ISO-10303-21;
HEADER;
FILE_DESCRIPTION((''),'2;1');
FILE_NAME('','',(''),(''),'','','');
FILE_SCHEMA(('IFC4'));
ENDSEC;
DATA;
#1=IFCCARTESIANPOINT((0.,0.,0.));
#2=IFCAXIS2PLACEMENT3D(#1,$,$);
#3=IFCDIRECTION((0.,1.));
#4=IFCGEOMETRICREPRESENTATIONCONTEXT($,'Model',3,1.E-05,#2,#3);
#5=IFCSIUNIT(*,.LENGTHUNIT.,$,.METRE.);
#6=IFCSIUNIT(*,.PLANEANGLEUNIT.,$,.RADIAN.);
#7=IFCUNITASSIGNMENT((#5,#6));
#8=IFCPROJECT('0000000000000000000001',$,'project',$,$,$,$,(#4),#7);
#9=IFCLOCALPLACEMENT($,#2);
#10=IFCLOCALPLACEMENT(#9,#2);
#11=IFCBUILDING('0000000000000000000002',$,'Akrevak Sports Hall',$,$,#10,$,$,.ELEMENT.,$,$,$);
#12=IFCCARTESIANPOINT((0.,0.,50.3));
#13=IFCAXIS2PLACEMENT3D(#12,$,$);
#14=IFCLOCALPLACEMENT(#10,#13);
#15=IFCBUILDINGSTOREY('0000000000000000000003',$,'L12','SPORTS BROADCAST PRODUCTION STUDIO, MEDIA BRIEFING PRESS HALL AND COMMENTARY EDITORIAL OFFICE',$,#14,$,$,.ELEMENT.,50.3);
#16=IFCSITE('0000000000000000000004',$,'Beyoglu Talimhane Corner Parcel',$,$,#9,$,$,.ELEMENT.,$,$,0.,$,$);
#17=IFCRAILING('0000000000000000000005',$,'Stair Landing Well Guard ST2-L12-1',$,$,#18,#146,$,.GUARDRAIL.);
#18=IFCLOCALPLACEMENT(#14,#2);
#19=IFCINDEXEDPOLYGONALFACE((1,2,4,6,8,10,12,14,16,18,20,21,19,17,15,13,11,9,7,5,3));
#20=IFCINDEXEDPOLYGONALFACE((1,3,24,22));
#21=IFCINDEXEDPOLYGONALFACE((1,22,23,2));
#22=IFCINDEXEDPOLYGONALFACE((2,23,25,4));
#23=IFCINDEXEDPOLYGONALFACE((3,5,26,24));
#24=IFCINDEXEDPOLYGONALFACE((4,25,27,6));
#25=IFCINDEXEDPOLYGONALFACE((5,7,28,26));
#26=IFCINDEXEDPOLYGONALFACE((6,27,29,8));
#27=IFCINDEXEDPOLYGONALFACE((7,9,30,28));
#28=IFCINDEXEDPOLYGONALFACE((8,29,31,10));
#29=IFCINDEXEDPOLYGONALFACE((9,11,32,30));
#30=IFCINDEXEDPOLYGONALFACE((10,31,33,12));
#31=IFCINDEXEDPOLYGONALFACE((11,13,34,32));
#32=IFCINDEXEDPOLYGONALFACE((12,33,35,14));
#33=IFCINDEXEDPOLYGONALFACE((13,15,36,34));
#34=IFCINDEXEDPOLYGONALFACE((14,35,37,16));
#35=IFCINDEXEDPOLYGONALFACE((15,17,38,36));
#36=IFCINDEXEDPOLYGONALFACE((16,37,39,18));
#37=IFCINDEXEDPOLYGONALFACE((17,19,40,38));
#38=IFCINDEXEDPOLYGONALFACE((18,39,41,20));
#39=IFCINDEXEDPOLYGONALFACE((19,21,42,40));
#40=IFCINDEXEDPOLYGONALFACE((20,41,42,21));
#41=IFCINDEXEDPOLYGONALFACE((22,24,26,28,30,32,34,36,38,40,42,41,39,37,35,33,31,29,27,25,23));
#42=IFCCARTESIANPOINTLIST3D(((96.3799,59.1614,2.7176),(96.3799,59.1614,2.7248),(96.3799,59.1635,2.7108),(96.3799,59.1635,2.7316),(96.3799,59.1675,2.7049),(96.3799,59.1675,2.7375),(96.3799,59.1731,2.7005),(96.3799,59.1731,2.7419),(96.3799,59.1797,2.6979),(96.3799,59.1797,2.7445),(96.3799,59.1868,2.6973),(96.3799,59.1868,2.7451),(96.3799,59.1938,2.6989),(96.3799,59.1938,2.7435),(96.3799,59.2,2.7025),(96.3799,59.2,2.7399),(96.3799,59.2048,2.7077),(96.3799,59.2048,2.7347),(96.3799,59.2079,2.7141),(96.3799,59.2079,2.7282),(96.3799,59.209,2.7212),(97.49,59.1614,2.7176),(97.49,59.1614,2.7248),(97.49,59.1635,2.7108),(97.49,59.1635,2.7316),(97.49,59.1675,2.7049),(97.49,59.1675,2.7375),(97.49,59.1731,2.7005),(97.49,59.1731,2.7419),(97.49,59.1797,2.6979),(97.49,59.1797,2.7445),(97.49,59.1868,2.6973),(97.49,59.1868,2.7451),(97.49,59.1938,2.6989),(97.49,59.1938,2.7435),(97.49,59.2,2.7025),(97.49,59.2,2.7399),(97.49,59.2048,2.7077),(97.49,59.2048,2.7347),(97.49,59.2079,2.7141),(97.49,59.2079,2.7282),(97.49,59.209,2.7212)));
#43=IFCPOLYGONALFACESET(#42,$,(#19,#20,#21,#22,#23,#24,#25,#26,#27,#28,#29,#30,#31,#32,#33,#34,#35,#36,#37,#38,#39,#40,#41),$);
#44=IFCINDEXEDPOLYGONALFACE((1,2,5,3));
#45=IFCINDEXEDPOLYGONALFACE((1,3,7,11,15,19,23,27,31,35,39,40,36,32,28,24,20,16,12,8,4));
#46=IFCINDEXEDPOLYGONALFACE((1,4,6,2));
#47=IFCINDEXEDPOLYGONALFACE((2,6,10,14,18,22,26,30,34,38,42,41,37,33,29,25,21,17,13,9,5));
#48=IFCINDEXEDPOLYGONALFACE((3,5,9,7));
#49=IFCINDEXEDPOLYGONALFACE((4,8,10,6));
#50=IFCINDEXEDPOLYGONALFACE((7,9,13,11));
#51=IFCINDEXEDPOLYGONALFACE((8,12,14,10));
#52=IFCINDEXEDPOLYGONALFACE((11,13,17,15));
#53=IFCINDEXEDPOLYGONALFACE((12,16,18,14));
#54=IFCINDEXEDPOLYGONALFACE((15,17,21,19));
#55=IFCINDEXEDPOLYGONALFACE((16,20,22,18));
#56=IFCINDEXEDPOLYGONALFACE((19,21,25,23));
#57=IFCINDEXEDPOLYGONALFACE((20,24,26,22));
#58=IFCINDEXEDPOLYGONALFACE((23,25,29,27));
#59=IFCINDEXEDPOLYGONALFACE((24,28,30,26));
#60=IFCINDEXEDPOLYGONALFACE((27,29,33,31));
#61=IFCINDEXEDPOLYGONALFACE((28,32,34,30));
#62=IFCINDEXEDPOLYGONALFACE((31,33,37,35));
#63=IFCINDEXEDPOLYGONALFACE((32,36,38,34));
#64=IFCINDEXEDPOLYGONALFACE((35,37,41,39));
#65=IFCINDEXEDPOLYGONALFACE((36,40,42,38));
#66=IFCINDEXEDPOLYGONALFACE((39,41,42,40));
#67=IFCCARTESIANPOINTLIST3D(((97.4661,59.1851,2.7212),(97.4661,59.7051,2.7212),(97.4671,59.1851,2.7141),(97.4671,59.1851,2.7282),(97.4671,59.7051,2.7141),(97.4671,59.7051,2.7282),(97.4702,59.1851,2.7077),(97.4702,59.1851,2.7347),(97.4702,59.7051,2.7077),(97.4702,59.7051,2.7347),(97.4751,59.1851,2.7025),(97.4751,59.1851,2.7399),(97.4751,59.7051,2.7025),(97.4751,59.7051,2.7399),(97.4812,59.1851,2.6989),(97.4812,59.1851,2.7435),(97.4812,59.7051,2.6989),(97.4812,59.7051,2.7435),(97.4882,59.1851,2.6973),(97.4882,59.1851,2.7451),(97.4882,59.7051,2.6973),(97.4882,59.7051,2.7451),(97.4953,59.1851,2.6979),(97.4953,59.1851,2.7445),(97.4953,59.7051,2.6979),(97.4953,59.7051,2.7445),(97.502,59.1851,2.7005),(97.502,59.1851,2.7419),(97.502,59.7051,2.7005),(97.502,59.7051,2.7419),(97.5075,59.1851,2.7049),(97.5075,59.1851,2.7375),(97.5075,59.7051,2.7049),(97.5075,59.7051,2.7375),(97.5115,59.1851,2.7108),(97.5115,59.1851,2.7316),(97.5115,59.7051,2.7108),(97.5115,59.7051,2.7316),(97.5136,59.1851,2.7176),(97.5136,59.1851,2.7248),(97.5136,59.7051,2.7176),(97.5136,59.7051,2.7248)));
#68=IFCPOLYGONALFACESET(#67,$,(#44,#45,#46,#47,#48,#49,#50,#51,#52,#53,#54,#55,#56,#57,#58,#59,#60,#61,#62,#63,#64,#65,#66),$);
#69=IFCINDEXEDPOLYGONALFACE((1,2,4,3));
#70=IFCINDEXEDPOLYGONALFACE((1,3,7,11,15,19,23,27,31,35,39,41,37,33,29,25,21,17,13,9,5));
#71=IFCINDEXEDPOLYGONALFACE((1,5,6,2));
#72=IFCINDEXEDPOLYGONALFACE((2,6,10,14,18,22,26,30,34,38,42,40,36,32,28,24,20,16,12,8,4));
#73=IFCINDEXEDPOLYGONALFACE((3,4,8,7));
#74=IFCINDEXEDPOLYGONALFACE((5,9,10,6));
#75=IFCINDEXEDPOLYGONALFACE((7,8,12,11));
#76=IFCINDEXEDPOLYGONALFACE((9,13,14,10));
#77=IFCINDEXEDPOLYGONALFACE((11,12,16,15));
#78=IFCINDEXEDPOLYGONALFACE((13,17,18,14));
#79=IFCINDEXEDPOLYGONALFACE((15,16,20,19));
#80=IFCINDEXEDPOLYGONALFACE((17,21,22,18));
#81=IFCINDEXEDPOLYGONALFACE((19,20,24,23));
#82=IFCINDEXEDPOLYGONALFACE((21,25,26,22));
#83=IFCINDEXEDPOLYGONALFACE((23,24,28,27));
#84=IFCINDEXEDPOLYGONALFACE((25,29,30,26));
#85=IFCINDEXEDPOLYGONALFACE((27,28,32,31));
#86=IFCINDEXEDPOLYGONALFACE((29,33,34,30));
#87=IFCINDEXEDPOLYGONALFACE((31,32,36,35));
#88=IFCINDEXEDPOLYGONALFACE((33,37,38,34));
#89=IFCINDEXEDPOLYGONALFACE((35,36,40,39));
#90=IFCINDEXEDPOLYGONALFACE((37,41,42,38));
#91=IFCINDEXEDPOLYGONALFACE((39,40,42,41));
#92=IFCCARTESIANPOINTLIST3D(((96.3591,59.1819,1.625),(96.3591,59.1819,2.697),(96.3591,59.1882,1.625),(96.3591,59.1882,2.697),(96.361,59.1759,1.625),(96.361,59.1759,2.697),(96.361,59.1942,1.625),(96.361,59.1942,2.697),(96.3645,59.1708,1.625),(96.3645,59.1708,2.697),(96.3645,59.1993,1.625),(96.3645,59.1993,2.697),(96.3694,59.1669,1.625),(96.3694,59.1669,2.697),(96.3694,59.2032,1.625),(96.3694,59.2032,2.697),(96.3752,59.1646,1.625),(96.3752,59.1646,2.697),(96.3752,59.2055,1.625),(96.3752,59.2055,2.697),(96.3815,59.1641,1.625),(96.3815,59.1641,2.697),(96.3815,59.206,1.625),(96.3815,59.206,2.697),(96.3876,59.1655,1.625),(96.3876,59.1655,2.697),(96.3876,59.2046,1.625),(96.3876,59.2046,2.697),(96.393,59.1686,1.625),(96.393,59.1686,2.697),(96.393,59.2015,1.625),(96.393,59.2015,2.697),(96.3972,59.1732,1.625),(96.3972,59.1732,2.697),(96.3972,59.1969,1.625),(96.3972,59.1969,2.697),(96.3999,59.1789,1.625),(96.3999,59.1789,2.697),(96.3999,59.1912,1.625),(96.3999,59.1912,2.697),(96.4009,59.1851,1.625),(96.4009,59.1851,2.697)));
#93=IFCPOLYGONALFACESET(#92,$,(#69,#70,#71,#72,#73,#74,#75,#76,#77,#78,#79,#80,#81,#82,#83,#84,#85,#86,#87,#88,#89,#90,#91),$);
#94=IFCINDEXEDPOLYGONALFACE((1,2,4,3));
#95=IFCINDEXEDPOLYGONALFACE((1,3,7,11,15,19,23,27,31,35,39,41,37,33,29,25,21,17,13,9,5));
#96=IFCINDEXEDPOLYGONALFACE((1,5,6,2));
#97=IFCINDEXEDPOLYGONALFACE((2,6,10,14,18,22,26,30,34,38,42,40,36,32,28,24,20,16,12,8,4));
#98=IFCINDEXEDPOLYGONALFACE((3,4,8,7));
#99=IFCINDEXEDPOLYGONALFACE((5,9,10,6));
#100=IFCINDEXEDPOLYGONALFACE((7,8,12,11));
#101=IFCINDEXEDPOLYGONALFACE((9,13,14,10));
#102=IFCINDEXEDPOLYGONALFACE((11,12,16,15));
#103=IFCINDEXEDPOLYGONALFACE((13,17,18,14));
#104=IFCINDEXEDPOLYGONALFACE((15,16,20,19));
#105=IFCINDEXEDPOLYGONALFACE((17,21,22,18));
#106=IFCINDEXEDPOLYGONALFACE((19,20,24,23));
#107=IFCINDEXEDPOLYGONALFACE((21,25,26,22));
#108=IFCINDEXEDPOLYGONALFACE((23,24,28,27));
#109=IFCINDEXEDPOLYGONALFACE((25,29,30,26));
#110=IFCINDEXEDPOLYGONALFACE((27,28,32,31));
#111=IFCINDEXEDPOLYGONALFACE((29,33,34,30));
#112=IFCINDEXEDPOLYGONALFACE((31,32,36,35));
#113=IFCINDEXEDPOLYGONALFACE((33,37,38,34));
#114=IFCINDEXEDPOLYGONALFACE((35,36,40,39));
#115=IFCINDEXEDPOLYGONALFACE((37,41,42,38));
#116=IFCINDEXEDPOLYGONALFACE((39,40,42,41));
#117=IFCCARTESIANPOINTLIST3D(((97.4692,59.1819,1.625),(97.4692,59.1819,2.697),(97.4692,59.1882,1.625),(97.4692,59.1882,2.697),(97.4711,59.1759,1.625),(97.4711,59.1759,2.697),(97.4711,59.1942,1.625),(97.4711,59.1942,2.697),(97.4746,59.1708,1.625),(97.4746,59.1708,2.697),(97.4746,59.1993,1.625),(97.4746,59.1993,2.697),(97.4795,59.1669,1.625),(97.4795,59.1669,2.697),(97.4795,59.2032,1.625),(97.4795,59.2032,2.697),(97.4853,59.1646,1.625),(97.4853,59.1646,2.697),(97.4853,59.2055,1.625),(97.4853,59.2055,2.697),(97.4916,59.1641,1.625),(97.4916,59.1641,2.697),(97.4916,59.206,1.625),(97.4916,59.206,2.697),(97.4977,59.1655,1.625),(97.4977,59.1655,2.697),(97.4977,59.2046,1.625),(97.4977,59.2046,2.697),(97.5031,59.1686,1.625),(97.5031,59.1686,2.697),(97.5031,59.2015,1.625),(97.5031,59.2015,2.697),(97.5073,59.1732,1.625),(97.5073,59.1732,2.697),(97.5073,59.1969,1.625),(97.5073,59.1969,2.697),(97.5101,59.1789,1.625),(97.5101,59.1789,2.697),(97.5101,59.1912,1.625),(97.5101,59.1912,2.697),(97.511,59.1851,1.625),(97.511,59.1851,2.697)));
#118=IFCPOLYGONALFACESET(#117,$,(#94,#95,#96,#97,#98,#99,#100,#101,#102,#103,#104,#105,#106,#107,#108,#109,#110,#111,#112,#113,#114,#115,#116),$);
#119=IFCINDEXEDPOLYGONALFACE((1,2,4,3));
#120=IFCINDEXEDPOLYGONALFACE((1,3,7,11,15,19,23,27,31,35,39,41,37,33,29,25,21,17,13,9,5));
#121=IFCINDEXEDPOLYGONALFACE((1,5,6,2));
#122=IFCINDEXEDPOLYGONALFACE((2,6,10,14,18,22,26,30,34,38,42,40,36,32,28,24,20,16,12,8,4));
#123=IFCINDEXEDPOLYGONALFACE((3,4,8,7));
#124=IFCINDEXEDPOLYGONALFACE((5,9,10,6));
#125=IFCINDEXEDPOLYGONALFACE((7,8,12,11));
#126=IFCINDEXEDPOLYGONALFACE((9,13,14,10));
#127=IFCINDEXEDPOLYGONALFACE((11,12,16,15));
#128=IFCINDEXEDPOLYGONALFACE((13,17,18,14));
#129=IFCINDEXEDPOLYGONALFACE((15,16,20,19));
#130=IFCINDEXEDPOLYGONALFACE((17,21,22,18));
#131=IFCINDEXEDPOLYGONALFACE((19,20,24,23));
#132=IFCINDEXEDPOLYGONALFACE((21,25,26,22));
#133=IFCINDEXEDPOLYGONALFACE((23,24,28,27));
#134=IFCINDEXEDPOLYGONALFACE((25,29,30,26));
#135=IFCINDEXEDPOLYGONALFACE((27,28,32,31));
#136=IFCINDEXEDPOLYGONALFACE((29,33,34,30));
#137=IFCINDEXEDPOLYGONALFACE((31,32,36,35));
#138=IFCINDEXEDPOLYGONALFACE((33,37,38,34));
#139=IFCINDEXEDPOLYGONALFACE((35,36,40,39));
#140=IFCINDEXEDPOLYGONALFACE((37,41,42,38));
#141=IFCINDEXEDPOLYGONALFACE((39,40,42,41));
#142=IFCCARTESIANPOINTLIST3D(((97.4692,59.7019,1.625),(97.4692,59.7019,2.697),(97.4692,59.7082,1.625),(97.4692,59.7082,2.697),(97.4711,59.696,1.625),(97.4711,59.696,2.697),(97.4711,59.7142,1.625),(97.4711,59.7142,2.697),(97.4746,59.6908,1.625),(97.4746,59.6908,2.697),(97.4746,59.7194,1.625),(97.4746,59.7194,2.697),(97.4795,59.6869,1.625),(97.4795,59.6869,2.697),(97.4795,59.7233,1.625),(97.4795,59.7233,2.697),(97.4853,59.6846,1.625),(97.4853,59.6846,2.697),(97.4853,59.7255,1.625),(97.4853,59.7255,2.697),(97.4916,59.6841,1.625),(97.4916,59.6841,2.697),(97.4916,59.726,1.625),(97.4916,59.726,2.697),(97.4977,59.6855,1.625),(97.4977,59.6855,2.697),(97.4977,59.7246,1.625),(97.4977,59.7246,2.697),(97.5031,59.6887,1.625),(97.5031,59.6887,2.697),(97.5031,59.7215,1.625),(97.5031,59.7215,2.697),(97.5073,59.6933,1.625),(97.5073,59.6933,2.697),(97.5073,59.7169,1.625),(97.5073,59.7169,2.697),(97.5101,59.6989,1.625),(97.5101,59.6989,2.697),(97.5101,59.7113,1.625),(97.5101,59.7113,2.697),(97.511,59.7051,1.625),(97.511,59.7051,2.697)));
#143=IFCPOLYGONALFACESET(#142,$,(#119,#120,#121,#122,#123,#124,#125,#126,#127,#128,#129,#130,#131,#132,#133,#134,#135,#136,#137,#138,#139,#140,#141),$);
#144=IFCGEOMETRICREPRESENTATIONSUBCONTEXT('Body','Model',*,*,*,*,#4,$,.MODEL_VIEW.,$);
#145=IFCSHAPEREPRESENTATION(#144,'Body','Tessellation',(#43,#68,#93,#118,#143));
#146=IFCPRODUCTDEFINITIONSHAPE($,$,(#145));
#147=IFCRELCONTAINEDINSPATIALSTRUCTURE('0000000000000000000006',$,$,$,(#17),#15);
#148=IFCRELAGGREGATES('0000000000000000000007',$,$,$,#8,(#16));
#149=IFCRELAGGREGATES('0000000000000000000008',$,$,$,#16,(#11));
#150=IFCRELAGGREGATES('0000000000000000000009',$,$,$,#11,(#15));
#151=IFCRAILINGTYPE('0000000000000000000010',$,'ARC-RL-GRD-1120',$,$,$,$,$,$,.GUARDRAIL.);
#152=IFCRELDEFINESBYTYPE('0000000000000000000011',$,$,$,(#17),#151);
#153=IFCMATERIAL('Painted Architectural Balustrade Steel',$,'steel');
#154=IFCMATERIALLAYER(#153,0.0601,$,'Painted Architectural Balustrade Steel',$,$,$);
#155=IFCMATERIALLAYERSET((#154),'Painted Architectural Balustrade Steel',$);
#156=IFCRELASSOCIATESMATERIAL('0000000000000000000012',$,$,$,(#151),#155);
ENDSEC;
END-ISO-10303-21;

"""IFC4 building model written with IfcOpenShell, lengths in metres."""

from ifc_helpers import new_model, si_unit, direction, frame, origin, origin_2d, place, context, subcontext, project, spatial, circle, extrude, material, layer, layer_set, type_object, element, save


model = new_model("IFC4")

# Units and contexts
model_context = context("Model", 3, precision=1e-05, world=origin(), true_north=direction((0.0, 1.0)))
body_context = subcontext(model_context, "Body", "Model", "MODEL_VIEW")
ifc_project = project(units=[si_unit("LENGTHUNIT", "METRE"), si_unit("PLANEANGLEUNIT", "RADIAN")], contexts=[model_context])

# Site, building, storey
site_placement = place(None, origin())
site = spatial("IfcSite", under=ifc_project, at=site_placement, Name="Beyoglu Talimhane Corner Parcel", CompositionType="ELEMENT", RefElevation=0.0)
building_placement = place(site_placement, origin())
building = spatial("IfcBuilding", under=site, at=building_placement, Name="Akrevak Sports Hall", CompositionType="ELEMENT")
storey_placement = place(building_placement, frame((0.0, 0.0, 50.3)))
storey = spatial("IfcBuildingStorey", under=building, at=storey_placement, Name="L12", Description="SPORTS BROADCAST PRODUCTION STUDIO, MEDIA BRIEFING PRESS HALL AND COMMENTARY EDITORIAL OFFICE", CompositionType="ELEMENT", Elevation=50.3)

# Railing
ifc_material_1 = material(Name="Painted Architectural Balustrade Steel", Category="steel")
ifc_layer_1 = layer(ifc_material_1, 0.0601, Name="Painted Architectural Balustrade Steel")
ifc_layer_set_1 = layer_set([ifc_layer_1], Name="Painted Architectural Balustrade Steel")
railing_type_1 = type_object("IfcRailingType", Name="ARC-RL-GRD-1120", PredefinedType="GUARDRAIL", material=ifc_layer_set_1)
railing_1_placement = place(storey_placement, frame((96.3799, 59.1851, 1.625)))
element("IfcRailing", 1, at=railing_1_placement, inside=storey, type_object=railing_type_1, Name="Stair Landing Well Guard ST2-L12-1", PredefinedType="GUARDRAIL", context=body_context, shape_type="SweptSolid", body=[
    extrude(circle(Radius=0.0239, at=origin_2d()), frame((0.0, 0.0, 1.0962), z_axis=(1.0, 0.0, 0.0), x_axis=(0.0, 1.0, 0.0)), (0.0, 0.0, 1.0), 1.1101),
    extrude(circle(Radius=0.0239, at=origin_2d()), frame((1.1101, 0.0, 1.0962), z_axis=(0.0, 1.0, 0.0), x_axis=(-1.0, 0.0, 0.0)), (0.0, 0.0, 1.0), 0.52),
    extrude(circle(Radius=0.021, at=origin_2d()), origin(), (0.0, 0.0, 1.0), 1.072),
    extrude(circle(Radius=0.021, at=origin_2d()), frame((1.1101, 0.0, 0.0)), (0.0, 0.0, 1.0), 1.072),
    extrude(circle(Radius=0.021, at=origin_2d()), frame((1.1101, 0.52, 0.0)), (0.0, 0.0, 1.0), 1.072),
])

save(model, "model.ifc")
